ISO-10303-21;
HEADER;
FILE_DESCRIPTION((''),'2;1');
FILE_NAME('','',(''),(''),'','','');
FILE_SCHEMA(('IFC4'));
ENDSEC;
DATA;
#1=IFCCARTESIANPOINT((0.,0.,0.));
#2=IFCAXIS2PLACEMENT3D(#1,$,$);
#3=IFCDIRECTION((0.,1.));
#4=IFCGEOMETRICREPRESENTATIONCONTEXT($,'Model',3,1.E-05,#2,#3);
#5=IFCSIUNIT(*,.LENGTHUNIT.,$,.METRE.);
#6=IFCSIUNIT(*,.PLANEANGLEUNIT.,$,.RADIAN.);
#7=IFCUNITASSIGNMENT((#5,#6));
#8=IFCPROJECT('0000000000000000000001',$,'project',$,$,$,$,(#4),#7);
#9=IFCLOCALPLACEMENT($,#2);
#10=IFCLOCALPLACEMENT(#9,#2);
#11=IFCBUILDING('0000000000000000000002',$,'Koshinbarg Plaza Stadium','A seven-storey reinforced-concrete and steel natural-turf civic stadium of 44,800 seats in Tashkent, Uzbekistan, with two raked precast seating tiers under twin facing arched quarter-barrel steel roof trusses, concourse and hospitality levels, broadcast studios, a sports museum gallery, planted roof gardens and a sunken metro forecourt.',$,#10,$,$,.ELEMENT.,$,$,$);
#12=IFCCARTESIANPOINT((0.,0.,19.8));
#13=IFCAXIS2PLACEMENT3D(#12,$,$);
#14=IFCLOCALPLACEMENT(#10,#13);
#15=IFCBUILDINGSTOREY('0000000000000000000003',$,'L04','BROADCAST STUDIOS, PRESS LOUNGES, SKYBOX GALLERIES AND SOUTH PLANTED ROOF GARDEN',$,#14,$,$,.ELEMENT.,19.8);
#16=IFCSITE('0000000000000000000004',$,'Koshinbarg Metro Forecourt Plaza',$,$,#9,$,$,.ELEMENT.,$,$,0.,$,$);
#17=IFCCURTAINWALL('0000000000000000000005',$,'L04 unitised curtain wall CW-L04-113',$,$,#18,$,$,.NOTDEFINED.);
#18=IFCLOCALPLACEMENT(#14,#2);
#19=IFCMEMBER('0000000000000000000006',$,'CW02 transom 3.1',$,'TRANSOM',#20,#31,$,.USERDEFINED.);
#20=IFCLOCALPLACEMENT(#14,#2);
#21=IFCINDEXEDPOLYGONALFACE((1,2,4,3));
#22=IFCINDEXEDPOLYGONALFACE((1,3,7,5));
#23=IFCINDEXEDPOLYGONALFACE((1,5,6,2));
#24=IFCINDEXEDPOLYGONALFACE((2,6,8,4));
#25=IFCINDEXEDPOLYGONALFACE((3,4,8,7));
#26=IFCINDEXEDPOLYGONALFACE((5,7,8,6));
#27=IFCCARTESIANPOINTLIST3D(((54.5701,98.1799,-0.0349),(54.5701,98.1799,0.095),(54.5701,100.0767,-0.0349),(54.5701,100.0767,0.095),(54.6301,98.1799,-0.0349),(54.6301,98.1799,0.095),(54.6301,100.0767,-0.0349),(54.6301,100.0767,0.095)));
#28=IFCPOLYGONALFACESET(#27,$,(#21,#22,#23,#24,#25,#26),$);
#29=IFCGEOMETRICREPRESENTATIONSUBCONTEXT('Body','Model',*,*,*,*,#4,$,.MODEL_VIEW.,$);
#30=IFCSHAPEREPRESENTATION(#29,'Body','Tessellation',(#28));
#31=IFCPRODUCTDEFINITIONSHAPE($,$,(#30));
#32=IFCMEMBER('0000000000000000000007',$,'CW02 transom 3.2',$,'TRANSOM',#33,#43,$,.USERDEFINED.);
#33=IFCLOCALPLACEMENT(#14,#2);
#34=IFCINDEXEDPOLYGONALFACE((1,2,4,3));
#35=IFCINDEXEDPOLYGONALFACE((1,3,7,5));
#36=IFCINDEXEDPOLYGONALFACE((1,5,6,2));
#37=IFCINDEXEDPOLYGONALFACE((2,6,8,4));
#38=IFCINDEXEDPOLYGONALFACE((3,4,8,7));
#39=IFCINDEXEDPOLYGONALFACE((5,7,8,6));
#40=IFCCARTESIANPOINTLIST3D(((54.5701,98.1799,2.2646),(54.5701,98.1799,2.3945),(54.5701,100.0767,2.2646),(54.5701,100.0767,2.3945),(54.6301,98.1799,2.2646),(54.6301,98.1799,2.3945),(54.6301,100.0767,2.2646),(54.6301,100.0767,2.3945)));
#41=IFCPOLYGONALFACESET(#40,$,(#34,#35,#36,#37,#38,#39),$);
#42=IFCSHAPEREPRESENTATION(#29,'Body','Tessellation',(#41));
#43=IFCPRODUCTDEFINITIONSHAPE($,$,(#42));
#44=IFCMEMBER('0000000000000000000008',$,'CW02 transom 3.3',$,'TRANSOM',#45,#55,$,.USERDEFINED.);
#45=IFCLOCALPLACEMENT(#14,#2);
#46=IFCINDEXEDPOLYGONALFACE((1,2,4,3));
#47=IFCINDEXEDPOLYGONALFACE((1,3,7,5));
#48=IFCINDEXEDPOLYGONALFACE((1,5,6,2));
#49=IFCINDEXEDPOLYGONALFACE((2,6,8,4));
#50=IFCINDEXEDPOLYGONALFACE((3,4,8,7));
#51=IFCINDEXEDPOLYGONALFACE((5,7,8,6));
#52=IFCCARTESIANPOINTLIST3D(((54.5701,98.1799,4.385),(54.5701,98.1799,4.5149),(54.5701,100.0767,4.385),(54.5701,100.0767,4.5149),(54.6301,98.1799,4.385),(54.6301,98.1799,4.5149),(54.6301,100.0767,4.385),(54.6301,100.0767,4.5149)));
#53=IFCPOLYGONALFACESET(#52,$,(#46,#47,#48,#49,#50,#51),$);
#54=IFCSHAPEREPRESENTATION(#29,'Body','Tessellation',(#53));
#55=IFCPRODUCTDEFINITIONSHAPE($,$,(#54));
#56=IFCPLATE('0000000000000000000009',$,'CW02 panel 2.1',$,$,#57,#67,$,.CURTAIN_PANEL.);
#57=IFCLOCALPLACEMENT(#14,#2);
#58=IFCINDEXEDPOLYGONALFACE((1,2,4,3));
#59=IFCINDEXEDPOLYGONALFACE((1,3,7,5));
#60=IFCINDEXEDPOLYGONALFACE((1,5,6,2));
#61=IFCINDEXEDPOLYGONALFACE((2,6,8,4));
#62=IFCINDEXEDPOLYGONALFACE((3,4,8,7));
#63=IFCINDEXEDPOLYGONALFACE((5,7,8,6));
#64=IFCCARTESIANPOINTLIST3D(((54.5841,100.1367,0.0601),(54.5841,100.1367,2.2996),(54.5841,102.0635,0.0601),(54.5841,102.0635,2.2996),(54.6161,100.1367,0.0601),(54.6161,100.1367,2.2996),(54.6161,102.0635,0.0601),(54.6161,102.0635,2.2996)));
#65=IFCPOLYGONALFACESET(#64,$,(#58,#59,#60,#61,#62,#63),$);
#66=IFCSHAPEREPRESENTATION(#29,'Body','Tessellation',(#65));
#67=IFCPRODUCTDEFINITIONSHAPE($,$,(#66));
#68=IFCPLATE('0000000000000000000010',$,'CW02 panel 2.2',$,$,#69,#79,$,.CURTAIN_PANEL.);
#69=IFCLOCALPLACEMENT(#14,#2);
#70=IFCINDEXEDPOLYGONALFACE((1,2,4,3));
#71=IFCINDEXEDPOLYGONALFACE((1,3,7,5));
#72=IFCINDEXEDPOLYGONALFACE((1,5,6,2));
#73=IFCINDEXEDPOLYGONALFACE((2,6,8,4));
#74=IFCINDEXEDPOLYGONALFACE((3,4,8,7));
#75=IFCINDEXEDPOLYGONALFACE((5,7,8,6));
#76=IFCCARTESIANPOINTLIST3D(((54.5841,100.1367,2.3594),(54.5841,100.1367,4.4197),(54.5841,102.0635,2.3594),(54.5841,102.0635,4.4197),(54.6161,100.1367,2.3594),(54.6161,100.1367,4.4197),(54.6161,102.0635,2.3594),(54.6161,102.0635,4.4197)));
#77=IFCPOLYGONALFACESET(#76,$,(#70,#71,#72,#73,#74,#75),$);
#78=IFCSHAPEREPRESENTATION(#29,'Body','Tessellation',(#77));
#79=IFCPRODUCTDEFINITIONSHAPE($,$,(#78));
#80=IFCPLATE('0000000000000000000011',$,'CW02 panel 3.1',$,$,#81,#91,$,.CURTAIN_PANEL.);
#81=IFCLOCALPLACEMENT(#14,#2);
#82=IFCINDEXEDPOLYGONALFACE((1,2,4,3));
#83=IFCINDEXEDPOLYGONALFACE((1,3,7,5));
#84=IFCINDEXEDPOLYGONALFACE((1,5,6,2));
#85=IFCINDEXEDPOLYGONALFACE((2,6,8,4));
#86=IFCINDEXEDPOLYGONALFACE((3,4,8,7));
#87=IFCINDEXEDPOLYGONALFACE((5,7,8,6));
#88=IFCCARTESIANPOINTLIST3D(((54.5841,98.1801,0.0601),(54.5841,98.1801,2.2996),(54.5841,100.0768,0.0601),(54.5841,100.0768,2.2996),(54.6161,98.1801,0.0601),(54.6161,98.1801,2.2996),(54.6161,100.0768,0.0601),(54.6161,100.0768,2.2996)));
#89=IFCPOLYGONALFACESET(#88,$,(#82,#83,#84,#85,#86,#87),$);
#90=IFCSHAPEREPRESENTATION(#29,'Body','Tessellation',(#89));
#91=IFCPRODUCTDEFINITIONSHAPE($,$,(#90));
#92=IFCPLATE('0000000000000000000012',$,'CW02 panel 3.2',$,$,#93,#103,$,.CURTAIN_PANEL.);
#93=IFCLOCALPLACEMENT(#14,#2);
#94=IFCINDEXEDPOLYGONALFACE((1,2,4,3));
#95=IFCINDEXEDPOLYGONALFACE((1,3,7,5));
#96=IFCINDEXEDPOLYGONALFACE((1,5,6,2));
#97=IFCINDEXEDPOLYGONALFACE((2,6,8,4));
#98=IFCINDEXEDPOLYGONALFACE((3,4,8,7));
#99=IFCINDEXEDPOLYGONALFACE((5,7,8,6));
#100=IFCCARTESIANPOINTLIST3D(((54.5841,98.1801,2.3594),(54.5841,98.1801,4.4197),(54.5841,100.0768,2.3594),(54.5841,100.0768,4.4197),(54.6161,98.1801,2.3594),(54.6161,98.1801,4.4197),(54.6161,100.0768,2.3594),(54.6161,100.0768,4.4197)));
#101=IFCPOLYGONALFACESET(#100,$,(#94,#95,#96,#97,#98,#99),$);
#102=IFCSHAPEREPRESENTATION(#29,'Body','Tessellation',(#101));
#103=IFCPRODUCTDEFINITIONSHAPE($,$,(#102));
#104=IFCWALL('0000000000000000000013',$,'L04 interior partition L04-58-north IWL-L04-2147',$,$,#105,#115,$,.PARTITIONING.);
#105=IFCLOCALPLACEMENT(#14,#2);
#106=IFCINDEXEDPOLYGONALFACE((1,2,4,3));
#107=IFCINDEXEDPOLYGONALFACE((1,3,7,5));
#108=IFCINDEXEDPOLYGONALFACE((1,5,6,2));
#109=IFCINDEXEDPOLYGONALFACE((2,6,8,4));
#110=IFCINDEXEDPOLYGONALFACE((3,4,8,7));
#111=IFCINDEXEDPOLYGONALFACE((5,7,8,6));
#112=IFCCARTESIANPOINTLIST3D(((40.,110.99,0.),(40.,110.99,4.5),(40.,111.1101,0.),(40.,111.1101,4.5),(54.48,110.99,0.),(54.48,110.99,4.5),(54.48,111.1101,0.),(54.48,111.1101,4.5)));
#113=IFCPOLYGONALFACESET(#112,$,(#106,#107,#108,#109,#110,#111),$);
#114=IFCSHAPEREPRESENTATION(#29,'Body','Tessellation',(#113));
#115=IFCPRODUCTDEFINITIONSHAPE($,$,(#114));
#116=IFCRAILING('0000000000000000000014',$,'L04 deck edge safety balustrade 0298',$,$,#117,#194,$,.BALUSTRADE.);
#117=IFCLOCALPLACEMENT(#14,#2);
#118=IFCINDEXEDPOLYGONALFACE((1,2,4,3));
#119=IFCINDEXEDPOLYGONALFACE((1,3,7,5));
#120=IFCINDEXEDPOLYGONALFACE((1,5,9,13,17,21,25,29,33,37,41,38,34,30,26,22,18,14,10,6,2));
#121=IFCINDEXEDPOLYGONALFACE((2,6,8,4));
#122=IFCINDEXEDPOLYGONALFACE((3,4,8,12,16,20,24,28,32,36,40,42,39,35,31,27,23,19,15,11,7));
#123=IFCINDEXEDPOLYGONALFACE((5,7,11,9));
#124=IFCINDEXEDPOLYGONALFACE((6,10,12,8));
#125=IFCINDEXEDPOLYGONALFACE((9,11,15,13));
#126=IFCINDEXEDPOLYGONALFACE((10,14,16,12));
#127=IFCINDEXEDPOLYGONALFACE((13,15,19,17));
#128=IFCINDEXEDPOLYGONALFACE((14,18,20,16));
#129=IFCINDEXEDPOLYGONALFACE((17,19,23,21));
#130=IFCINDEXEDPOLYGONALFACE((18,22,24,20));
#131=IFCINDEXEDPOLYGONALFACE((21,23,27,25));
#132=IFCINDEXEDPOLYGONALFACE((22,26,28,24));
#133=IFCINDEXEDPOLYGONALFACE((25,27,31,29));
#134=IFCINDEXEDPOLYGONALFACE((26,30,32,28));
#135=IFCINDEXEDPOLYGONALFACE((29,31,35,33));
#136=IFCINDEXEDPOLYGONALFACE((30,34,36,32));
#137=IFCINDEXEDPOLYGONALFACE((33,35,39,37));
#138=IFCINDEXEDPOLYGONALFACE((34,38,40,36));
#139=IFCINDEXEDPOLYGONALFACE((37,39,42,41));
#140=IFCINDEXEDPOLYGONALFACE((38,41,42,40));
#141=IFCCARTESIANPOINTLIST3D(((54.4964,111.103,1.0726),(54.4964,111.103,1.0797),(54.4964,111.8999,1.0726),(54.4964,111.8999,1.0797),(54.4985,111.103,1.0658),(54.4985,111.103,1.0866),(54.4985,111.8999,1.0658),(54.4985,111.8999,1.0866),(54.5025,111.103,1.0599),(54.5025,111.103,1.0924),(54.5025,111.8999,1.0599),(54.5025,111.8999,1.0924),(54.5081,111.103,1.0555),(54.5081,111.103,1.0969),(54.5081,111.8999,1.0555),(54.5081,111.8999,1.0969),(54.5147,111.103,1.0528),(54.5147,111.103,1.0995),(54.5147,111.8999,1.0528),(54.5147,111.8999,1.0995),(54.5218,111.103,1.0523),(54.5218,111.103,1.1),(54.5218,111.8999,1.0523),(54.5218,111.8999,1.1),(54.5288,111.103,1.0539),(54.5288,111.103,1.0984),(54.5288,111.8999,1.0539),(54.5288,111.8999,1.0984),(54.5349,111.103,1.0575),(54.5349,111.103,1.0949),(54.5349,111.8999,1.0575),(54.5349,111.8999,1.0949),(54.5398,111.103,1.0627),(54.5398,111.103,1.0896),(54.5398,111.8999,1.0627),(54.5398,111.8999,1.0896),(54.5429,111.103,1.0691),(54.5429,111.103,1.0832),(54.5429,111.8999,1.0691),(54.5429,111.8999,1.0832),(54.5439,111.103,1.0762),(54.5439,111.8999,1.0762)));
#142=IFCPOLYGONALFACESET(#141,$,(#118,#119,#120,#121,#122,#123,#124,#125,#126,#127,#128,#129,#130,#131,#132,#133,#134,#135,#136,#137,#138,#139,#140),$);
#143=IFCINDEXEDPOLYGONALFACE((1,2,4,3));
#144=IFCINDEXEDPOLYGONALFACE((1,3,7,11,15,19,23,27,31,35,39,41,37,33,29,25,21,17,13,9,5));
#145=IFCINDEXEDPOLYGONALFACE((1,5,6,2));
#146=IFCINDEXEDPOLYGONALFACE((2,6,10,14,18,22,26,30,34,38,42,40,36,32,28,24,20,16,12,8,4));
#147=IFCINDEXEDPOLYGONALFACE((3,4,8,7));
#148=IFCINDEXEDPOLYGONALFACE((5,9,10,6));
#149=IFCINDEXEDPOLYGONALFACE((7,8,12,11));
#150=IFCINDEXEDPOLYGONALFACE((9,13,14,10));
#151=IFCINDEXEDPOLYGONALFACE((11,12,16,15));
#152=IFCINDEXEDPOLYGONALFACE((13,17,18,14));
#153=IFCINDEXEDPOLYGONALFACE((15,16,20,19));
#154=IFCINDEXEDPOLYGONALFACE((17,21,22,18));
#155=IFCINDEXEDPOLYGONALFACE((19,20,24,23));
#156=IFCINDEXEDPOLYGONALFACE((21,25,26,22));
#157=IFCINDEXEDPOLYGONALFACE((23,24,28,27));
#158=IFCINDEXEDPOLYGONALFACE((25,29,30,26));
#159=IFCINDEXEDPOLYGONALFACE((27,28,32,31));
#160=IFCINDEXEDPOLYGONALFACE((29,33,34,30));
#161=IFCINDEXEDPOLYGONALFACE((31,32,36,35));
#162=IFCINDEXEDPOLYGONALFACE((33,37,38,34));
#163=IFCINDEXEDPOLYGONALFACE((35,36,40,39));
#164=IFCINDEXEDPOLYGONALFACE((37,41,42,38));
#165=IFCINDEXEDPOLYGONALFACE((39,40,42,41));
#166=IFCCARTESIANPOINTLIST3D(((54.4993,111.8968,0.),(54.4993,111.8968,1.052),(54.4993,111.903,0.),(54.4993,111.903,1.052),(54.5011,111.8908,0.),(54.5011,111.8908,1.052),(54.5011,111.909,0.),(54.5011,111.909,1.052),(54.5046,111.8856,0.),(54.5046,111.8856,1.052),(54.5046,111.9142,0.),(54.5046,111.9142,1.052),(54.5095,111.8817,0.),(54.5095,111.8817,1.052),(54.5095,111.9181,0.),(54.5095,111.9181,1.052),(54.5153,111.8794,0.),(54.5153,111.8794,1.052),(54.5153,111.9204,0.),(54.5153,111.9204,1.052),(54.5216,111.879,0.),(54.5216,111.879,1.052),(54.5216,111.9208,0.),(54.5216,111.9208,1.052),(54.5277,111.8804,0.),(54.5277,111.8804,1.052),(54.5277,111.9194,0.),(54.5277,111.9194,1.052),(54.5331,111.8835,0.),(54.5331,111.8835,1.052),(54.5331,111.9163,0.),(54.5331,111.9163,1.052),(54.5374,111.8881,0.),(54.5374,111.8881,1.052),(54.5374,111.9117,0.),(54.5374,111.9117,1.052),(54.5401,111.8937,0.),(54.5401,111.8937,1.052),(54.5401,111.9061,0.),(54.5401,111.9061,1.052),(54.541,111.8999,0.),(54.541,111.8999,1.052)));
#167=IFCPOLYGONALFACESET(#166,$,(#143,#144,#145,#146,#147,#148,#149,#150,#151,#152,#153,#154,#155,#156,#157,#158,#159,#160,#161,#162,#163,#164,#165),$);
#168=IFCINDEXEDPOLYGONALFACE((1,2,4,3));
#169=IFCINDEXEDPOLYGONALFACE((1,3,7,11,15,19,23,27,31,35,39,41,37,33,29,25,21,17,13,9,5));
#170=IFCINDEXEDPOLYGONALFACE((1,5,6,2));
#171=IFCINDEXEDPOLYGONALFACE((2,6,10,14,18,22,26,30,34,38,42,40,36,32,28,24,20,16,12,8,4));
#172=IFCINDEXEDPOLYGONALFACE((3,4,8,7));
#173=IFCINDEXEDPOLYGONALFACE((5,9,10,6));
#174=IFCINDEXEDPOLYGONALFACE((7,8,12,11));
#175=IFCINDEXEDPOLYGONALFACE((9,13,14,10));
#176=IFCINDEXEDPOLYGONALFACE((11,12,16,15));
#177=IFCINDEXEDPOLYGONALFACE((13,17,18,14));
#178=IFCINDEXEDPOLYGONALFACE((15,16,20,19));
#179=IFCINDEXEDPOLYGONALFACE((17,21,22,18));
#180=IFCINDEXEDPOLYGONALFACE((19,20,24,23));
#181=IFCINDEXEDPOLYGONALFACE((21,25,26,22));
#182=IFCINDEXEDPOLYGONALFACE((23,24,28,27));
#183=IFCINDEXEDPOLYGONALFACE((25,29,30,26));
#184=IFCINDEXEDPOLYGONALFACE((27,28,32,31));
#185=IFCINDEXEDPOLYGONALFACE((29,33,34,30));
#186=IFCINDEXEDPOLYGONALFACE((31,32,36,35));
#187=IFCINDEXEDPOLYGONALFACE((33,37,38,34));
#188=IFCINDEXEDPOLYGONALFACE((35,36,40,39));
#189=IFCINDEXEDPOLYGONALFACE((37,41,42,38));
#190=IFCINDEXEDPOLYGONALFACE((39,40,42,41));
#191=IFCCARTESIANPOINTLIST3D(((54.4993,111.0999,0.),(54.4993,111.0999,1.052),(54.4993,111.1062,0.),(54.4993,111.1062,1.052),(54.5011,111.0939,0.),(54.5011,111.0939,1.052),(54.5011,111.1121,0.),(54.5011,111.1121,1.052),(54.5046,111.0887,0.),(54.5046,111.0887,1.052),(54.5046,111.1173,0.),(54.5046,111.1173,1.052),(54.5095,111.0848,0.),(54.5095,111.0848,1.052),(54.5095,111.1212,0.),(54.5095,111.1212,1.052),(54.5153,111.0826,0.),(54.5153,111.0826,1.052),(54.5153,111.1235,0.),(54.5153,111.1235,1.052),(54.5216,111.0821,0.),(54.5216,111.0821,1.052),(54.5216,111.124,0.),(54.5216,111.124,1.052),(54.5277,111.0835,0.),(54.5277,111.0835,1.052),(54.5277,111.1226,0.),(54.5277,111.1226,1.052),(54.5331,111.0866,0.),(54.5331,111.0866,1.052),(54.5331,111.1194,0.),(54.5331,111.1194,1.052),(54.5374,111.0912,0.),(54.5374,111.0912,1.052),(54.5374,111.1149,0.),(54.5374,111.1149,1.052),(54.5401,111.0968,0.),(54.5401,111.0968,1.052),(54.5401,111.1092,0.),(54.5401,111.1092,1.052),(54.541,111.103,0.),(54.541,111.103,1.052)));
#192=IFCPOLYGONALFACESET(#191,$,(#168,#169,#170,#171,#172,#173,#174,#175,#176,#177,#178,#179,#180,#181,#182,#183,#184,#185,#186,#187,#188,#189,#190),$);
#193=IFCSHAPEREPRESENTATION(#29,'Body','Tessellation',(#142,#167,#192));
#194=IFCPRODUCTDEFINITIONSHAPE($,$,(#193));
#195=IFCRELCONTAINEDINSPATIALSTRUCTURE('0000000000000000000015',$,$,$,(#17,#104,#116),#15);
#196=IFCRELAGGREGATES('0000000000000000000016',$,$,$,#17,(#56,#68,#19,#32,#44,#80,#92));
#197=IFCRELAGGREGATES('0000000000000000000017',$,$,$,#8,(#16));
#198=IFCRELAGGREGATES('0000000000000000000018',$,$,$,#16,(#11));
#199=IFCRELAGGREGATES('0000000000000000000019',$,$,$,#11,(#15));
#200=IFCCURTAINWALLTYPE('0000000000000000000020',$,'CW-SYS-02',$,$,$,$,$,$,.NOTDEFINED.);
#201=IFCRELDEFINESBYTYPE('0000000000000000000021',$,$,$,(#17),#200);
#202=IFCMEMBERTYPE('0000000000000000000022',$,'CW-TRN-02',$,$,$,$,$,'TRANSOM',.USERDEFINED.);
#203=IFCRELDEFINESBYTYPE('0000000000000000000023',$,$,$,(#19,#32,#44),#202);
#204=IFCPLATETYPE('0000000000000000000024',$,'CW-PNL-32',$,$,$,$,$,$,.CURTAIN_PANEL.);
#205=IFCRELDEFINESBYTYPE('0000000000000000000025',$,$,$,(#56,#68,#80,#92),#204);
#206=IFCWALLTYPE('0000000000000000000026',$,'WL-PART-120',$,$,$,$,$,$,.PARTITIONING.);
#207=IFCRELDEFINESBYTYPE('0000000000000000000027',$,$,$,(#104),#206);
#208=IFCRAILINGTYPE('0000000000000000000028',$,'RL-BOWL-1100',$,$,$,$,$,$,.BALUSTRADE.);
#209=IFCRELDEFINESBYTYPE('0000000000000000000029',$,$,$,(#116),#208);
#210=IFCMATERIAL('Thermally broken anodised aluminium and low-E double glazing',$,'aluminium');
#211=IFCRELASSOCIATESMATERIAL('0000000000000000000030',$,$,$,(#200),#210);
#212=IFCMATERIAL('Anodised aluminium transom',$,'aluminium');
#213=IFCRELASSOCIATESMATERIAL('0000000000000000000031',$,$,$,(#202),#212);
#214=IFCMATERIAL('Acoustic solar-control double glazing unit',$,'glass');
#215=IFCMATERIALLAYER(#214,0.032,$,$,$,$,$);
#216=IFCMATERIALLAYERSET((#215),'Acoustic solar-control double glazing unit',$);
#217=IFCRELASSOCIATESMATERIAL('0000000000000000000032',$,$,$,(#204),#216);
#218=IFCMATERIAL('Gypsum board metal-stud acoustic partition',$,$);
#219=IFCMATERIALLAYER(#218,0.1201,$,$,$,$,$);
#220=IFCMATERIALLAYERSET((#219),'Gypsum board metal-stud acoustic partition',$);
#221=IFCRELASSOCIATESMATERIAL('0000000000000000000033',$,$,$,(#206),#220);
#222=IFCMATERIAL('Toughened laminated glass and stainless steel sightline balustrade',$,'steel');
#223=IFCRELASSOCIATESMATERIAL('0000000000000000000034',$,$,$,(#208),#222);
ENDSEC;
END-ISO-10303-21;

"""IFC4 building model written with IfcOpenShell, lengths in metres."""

from ifc_helpers import new_model, si_unit, direction, frame, frame_2d, origin, origin_2d, place, context, subcontext, project, spatial, rectangle, circle, extrude, material, layer, layer_set, material_profile, profile_set, type_object, element, aggregate, save


model = new_model("IFC4")

# Units and contexts
model_context = context("Model", 3, precision=1e-05, world=origin(), true_north=direction((0.0, 1.0)))
body_context = subcontext(model_context, "Body", "Model", "MODEL_VIEW")
ifc_project = project(units=[si_unit("LENGTHUNIT", "METRE"), si_unit("PLANEANGLEUNIT", "RADIAN")], contexts=[model_context])

# Site, building, storey
site_placement = place(None, origin())
site = spatial("IfcSite", under=ifc_project, at=site_placement, Name="Koshinbarg Metro Forecourt Plaza", CompositionType="ELEMENT", RefElevation=0.0)
building_placement = place(site_placement, origin())
building = spatial("IfcBuilding", under=site, at=building_placement, Name="Koshinbarg Plaza Stadium", Description="A seven-storey reinforced-concrete and steel natural-turf civic stadium of 44,800 seats in Tashkent, Uzbekistan, with two raked precast seating tiers under twin facing arched quarter-barrel steel roof trusses, concourse and hospitality levels, broadcast studios, a sports museum gallery, planted roof gardens and a sunken metro forecourt.", CompositionType="ELEMENT")
storey_placement = place(building_placement, frame((0.0, 0.0, 19.8)))
storey = spatial("IfcBuildingStorey", under=building, at=storey_placement, Name="L04", Description="BROADCAST STUDIOS, PRESS LOUNGES, SKYBOX GALLERIES AND SOUTH PLANTED ROOF GARDEN", CompositionType="ELEMENT", Elevation=19.8)

# Curtain wall
ifc_material_1 = material(Name="Thermally broken anodised aluminium and low-E double glazing", Category="aluminium")
curtain_wall_type_1 = type_object("IfcCurtainWallType", Name="CW-SYS-02", PredefinedType="NOTDEFINED", material=ifc_material_1)
curtain_wall_1_placement = place(storey_placement, origin())
curtain_wall_1 = element("IfcCurtainWall", 1, at=curtain_wall_1_placement, inside=storey, type_object=curtain_wall_type_1, Name="L04 unitised curtain wall CW-L04-113", PredefinedType="NOTDEFINED")

# Members
ifc_material_2 = material(Name="Anodised aluminium transom", Category="aluminium")
ifc_material_profile_1 = material_profile(ifc_material_2, rectangle(XDim=0.0601, YDim=0.1299, at=origin_2d()), Name="ALU 60x130")
ifc_profile_set_1 = profile_set([ifc_material_profile_1], Name="Anodised aluminium transom")
member_type_1 = type_object("IfcMemberType", Name="CW-TRN-02", ElementType="TRANSOM", PredefinedType="USERDEFINED", material=ifc_profile_set_1)
member_1_placement = place(storey_placement, frame((54.6001, 100.0767, 0.03), z_axis=(0.0, -1.0, 0.0), x_axis=(1.0, 0.0, 0.0)))
member_1 = element("IfcMember", 2, at=member_1_placement, type_object=member_type_1, Name="CW02 transom 3.1", ObjectType="TRANSOM", PredefinedType="USERDEFINED", context=body_context, shape_type="SweptSolid", body=[
    extrude(rectangle(XDim=0.0601, YDim=0.1299, at=origin_2d()), origin(), (0.0, 0.0, 1.0), 1.8967),
])
member_2_placement = place(storey_placement, frame((54.6001, 100.0767, 2.3296), z_axis=(0.0, -1.0, 0.0), x_axis=(1.0, 0.0, 0.0)))
member_2 = element("IfcMember", 3, at=member_2_placement, type_object=member_type_1, Name="CW02 transom 3.2", ObjectType="TRANSOM", PredefinedType="USERDEFINED", context=body_context, shape_type="SweptSolid", body=[
    extrude(rectangle(XDim=0.0601, YDim=0.1299, at=origin_2d()), origin(), (0.0, 0.0, 1.0), 1.8967),
])
member_3_placement = place(storey_placement, frame((54.6001, 100.0767, 4.45), z_axis=(0.0, -1.0, 0.0), x_axis=(1.0, 0.0, 0.0)))
member_3 = element("IfcMember", 4, at=member_3_placement, type_object=member_type_1, Name="CW02 transom 3.3", ObjectType="TRANSOM", PredefinedType="USERDEFINED", context=body_context, shape_type="SweptSolid", body=[
    extrude(rectangle(XDim=0.0601, YDim=0.1299, at=origin_2d()), origin(), (0.0, 0.0, 1.0), 1.8967),
])

# Plates
ifc_material_3 = material(Name="Acoustic solar-control double glazing unit", Category="glass")
ifc_layer_1 = layer(ifc_material_3, 0.032)
ifc_layer_set_1 = layer_set([ifc_layer_1], Name="Acoustic solar-control double glazing unit")
plate_type = type_object("IfcPlateType", Name="CW-PNL-32", PredefinedType="CURTAIN_PANEL", material=ifc_layer_set_1)
plate_1_placement = place(storey_placement, frame((54.6001, 101.1001, 0.0601), z_axis=(0.0, 0.0, 1.0), x_axis=(0.0, -1.0, 0.0)))
plate_1 = element("IfcPlate", 5, at=plate_1_placement, type_object=plate_type, Name="CW02 panel 2.1", PredefinedType="CURTAIN_PANEL", context=body_context, shape_type="SweptSolid", body=[
    extrude(rectangle(XDim=1.9268, YDim=0.032, at=origin_2d()), origin(), (0.0, 0.0, 1.0), 2.2395),
])
plate_2_placement = place(storey_placement, frame((54.6001, 101.1001, 2.3594), z_axis=(0.0, 0.0, 1.0), x_axis=(0.0, -1.0, 0.0)))
plate_2 = element("IfcPlate", 6, at=plate_2_placement, type_object=plate_type, Name="CW02 panel 2.2", PredefinedType="CURTAIN_PANEL", context=body_context, shape_type="SweptSolid", body=[
    extrude(rectangle(XDim=1.9268, YDim=0.032, at=origin_2d()), origin(), (0.0, 0.0, 1.0), 2.0603),
])
plate_3_placement = place(storey_placement, frame((54.6001, 99.1284, 0.0601), z_axis=(0.0, 0.0, 1.0), x_axis=(0.0, -1.0, 0.0)))
plate_3 = element("IfcPlate", 7, at=plate_3_placement, type_object=plate_type, Name="CW02 panel 3.1", PredefinedType="CURTAIN_PANEL", context=body_context, shape_type="SweptSolid", body=[
    extrude(rectangle(XDim=1.8967, YDim=0.032, at=origin_2d()), origin(), (0.0, 0.0, 1.0), 2.2395),
])
plate_4_placement = place(storey_placement, frame((54.6001, 99.1284, 2.3594), z_axis=(0.0, 0.0, 1.0), x_axis=(0.0, -1.0, 0.0)))
plate_4 = element("IfcPlate", 8, at=plate_4_placement, type_object=plate_type, Name="CW02 panel 3.2", PredefinedType="CURTAIN_PANEL", context=body_context, shape_type="SweptSolid", body=[
    extrude(rectangle(XDim=1.8967, YDim=0.032, at=origin_2d()), origin(), (0.0, 0.0, 1.0), 2.0603),
])
aggregate(curtain_wall_1, [plate_1, plate_2, member_1, member_2, member_3, plate_3, plate_4])

# Wall
ifc_material_4 = material(Name="Gypsum board metal-stud acoustic partition")
ifc_layer_2 = layer(ifc_material_4, 0.1201)
ifc_layer_set_2 = layer_set([ifc_layer_2], Name="Gypsum board metal-stud acoustic partition")
wall_type = type_object("IfcWallType", Name="WL-PART-120", PredefinedType="PARTITIONING", material=ifc_layer_set_2)
wall_placement = place(storey_placement, frame((54.48, 111.05, 0.0), z_axis=(0.0, 0.0, 1.0), x_axis=(-1.0, 0.0, 0.0)))
element("IfcWall", 9, at=wall_placement, inside=storey, type_object=wall_type, Name="L04 interior partition L04-58-north IWL-L04-2147", PredefinedType="PARTITIONING", context=body_context, shape_type="SweptSolid", body=[
    extrude(rectangle(XDim=14.48, YDim=0.1201, at=frame_2d((7.24, 0.0))), origin(), (0.0, 0.0, 1.0), 4.5),
])

# Railing
ifc_material_5 = material(Name="Toughened laminated glass and stainless steel sightline balustrade", Category="steel")
railing_type = type_object("IfcRailingType", Name="RL-BOWL-1100", PredefinedType="BALUSTRADE", material=ifc_material_5)
railing_placement = place(storey_placement, frame((54.52, 111.8999, 0.0)))
element("IfcRailing", 10, at=railing_placement, inside=storey, type_object=railing_type, Name="L04 deck edge safety balustrade 0298", PredefinedType="BALUSTRADE", context=body_context, shape_type="SweptSolid", body=[
    extrude(circle(Radius=0.0239, at=origin_2d()), frame((0.0, 0.0, 1.0762), z_axis=(0.0, -1.0, 0.0), x_axis=(1.0, 0.0, 0.0)), (0.0, 0.0, 1.0), 0.7969),
    extrude(circle(Radius=0.021, at=origin_2d()), origin(), (0.0, 0.0, 1.0), 1.052),
    extrude(circle(Radius=0.021, at=origin_2d()), frame((0.0, -0.7969, 0.0)), (0.0, 0.0, 1.0), 1.052),
])

save(model, "model.ifc")
